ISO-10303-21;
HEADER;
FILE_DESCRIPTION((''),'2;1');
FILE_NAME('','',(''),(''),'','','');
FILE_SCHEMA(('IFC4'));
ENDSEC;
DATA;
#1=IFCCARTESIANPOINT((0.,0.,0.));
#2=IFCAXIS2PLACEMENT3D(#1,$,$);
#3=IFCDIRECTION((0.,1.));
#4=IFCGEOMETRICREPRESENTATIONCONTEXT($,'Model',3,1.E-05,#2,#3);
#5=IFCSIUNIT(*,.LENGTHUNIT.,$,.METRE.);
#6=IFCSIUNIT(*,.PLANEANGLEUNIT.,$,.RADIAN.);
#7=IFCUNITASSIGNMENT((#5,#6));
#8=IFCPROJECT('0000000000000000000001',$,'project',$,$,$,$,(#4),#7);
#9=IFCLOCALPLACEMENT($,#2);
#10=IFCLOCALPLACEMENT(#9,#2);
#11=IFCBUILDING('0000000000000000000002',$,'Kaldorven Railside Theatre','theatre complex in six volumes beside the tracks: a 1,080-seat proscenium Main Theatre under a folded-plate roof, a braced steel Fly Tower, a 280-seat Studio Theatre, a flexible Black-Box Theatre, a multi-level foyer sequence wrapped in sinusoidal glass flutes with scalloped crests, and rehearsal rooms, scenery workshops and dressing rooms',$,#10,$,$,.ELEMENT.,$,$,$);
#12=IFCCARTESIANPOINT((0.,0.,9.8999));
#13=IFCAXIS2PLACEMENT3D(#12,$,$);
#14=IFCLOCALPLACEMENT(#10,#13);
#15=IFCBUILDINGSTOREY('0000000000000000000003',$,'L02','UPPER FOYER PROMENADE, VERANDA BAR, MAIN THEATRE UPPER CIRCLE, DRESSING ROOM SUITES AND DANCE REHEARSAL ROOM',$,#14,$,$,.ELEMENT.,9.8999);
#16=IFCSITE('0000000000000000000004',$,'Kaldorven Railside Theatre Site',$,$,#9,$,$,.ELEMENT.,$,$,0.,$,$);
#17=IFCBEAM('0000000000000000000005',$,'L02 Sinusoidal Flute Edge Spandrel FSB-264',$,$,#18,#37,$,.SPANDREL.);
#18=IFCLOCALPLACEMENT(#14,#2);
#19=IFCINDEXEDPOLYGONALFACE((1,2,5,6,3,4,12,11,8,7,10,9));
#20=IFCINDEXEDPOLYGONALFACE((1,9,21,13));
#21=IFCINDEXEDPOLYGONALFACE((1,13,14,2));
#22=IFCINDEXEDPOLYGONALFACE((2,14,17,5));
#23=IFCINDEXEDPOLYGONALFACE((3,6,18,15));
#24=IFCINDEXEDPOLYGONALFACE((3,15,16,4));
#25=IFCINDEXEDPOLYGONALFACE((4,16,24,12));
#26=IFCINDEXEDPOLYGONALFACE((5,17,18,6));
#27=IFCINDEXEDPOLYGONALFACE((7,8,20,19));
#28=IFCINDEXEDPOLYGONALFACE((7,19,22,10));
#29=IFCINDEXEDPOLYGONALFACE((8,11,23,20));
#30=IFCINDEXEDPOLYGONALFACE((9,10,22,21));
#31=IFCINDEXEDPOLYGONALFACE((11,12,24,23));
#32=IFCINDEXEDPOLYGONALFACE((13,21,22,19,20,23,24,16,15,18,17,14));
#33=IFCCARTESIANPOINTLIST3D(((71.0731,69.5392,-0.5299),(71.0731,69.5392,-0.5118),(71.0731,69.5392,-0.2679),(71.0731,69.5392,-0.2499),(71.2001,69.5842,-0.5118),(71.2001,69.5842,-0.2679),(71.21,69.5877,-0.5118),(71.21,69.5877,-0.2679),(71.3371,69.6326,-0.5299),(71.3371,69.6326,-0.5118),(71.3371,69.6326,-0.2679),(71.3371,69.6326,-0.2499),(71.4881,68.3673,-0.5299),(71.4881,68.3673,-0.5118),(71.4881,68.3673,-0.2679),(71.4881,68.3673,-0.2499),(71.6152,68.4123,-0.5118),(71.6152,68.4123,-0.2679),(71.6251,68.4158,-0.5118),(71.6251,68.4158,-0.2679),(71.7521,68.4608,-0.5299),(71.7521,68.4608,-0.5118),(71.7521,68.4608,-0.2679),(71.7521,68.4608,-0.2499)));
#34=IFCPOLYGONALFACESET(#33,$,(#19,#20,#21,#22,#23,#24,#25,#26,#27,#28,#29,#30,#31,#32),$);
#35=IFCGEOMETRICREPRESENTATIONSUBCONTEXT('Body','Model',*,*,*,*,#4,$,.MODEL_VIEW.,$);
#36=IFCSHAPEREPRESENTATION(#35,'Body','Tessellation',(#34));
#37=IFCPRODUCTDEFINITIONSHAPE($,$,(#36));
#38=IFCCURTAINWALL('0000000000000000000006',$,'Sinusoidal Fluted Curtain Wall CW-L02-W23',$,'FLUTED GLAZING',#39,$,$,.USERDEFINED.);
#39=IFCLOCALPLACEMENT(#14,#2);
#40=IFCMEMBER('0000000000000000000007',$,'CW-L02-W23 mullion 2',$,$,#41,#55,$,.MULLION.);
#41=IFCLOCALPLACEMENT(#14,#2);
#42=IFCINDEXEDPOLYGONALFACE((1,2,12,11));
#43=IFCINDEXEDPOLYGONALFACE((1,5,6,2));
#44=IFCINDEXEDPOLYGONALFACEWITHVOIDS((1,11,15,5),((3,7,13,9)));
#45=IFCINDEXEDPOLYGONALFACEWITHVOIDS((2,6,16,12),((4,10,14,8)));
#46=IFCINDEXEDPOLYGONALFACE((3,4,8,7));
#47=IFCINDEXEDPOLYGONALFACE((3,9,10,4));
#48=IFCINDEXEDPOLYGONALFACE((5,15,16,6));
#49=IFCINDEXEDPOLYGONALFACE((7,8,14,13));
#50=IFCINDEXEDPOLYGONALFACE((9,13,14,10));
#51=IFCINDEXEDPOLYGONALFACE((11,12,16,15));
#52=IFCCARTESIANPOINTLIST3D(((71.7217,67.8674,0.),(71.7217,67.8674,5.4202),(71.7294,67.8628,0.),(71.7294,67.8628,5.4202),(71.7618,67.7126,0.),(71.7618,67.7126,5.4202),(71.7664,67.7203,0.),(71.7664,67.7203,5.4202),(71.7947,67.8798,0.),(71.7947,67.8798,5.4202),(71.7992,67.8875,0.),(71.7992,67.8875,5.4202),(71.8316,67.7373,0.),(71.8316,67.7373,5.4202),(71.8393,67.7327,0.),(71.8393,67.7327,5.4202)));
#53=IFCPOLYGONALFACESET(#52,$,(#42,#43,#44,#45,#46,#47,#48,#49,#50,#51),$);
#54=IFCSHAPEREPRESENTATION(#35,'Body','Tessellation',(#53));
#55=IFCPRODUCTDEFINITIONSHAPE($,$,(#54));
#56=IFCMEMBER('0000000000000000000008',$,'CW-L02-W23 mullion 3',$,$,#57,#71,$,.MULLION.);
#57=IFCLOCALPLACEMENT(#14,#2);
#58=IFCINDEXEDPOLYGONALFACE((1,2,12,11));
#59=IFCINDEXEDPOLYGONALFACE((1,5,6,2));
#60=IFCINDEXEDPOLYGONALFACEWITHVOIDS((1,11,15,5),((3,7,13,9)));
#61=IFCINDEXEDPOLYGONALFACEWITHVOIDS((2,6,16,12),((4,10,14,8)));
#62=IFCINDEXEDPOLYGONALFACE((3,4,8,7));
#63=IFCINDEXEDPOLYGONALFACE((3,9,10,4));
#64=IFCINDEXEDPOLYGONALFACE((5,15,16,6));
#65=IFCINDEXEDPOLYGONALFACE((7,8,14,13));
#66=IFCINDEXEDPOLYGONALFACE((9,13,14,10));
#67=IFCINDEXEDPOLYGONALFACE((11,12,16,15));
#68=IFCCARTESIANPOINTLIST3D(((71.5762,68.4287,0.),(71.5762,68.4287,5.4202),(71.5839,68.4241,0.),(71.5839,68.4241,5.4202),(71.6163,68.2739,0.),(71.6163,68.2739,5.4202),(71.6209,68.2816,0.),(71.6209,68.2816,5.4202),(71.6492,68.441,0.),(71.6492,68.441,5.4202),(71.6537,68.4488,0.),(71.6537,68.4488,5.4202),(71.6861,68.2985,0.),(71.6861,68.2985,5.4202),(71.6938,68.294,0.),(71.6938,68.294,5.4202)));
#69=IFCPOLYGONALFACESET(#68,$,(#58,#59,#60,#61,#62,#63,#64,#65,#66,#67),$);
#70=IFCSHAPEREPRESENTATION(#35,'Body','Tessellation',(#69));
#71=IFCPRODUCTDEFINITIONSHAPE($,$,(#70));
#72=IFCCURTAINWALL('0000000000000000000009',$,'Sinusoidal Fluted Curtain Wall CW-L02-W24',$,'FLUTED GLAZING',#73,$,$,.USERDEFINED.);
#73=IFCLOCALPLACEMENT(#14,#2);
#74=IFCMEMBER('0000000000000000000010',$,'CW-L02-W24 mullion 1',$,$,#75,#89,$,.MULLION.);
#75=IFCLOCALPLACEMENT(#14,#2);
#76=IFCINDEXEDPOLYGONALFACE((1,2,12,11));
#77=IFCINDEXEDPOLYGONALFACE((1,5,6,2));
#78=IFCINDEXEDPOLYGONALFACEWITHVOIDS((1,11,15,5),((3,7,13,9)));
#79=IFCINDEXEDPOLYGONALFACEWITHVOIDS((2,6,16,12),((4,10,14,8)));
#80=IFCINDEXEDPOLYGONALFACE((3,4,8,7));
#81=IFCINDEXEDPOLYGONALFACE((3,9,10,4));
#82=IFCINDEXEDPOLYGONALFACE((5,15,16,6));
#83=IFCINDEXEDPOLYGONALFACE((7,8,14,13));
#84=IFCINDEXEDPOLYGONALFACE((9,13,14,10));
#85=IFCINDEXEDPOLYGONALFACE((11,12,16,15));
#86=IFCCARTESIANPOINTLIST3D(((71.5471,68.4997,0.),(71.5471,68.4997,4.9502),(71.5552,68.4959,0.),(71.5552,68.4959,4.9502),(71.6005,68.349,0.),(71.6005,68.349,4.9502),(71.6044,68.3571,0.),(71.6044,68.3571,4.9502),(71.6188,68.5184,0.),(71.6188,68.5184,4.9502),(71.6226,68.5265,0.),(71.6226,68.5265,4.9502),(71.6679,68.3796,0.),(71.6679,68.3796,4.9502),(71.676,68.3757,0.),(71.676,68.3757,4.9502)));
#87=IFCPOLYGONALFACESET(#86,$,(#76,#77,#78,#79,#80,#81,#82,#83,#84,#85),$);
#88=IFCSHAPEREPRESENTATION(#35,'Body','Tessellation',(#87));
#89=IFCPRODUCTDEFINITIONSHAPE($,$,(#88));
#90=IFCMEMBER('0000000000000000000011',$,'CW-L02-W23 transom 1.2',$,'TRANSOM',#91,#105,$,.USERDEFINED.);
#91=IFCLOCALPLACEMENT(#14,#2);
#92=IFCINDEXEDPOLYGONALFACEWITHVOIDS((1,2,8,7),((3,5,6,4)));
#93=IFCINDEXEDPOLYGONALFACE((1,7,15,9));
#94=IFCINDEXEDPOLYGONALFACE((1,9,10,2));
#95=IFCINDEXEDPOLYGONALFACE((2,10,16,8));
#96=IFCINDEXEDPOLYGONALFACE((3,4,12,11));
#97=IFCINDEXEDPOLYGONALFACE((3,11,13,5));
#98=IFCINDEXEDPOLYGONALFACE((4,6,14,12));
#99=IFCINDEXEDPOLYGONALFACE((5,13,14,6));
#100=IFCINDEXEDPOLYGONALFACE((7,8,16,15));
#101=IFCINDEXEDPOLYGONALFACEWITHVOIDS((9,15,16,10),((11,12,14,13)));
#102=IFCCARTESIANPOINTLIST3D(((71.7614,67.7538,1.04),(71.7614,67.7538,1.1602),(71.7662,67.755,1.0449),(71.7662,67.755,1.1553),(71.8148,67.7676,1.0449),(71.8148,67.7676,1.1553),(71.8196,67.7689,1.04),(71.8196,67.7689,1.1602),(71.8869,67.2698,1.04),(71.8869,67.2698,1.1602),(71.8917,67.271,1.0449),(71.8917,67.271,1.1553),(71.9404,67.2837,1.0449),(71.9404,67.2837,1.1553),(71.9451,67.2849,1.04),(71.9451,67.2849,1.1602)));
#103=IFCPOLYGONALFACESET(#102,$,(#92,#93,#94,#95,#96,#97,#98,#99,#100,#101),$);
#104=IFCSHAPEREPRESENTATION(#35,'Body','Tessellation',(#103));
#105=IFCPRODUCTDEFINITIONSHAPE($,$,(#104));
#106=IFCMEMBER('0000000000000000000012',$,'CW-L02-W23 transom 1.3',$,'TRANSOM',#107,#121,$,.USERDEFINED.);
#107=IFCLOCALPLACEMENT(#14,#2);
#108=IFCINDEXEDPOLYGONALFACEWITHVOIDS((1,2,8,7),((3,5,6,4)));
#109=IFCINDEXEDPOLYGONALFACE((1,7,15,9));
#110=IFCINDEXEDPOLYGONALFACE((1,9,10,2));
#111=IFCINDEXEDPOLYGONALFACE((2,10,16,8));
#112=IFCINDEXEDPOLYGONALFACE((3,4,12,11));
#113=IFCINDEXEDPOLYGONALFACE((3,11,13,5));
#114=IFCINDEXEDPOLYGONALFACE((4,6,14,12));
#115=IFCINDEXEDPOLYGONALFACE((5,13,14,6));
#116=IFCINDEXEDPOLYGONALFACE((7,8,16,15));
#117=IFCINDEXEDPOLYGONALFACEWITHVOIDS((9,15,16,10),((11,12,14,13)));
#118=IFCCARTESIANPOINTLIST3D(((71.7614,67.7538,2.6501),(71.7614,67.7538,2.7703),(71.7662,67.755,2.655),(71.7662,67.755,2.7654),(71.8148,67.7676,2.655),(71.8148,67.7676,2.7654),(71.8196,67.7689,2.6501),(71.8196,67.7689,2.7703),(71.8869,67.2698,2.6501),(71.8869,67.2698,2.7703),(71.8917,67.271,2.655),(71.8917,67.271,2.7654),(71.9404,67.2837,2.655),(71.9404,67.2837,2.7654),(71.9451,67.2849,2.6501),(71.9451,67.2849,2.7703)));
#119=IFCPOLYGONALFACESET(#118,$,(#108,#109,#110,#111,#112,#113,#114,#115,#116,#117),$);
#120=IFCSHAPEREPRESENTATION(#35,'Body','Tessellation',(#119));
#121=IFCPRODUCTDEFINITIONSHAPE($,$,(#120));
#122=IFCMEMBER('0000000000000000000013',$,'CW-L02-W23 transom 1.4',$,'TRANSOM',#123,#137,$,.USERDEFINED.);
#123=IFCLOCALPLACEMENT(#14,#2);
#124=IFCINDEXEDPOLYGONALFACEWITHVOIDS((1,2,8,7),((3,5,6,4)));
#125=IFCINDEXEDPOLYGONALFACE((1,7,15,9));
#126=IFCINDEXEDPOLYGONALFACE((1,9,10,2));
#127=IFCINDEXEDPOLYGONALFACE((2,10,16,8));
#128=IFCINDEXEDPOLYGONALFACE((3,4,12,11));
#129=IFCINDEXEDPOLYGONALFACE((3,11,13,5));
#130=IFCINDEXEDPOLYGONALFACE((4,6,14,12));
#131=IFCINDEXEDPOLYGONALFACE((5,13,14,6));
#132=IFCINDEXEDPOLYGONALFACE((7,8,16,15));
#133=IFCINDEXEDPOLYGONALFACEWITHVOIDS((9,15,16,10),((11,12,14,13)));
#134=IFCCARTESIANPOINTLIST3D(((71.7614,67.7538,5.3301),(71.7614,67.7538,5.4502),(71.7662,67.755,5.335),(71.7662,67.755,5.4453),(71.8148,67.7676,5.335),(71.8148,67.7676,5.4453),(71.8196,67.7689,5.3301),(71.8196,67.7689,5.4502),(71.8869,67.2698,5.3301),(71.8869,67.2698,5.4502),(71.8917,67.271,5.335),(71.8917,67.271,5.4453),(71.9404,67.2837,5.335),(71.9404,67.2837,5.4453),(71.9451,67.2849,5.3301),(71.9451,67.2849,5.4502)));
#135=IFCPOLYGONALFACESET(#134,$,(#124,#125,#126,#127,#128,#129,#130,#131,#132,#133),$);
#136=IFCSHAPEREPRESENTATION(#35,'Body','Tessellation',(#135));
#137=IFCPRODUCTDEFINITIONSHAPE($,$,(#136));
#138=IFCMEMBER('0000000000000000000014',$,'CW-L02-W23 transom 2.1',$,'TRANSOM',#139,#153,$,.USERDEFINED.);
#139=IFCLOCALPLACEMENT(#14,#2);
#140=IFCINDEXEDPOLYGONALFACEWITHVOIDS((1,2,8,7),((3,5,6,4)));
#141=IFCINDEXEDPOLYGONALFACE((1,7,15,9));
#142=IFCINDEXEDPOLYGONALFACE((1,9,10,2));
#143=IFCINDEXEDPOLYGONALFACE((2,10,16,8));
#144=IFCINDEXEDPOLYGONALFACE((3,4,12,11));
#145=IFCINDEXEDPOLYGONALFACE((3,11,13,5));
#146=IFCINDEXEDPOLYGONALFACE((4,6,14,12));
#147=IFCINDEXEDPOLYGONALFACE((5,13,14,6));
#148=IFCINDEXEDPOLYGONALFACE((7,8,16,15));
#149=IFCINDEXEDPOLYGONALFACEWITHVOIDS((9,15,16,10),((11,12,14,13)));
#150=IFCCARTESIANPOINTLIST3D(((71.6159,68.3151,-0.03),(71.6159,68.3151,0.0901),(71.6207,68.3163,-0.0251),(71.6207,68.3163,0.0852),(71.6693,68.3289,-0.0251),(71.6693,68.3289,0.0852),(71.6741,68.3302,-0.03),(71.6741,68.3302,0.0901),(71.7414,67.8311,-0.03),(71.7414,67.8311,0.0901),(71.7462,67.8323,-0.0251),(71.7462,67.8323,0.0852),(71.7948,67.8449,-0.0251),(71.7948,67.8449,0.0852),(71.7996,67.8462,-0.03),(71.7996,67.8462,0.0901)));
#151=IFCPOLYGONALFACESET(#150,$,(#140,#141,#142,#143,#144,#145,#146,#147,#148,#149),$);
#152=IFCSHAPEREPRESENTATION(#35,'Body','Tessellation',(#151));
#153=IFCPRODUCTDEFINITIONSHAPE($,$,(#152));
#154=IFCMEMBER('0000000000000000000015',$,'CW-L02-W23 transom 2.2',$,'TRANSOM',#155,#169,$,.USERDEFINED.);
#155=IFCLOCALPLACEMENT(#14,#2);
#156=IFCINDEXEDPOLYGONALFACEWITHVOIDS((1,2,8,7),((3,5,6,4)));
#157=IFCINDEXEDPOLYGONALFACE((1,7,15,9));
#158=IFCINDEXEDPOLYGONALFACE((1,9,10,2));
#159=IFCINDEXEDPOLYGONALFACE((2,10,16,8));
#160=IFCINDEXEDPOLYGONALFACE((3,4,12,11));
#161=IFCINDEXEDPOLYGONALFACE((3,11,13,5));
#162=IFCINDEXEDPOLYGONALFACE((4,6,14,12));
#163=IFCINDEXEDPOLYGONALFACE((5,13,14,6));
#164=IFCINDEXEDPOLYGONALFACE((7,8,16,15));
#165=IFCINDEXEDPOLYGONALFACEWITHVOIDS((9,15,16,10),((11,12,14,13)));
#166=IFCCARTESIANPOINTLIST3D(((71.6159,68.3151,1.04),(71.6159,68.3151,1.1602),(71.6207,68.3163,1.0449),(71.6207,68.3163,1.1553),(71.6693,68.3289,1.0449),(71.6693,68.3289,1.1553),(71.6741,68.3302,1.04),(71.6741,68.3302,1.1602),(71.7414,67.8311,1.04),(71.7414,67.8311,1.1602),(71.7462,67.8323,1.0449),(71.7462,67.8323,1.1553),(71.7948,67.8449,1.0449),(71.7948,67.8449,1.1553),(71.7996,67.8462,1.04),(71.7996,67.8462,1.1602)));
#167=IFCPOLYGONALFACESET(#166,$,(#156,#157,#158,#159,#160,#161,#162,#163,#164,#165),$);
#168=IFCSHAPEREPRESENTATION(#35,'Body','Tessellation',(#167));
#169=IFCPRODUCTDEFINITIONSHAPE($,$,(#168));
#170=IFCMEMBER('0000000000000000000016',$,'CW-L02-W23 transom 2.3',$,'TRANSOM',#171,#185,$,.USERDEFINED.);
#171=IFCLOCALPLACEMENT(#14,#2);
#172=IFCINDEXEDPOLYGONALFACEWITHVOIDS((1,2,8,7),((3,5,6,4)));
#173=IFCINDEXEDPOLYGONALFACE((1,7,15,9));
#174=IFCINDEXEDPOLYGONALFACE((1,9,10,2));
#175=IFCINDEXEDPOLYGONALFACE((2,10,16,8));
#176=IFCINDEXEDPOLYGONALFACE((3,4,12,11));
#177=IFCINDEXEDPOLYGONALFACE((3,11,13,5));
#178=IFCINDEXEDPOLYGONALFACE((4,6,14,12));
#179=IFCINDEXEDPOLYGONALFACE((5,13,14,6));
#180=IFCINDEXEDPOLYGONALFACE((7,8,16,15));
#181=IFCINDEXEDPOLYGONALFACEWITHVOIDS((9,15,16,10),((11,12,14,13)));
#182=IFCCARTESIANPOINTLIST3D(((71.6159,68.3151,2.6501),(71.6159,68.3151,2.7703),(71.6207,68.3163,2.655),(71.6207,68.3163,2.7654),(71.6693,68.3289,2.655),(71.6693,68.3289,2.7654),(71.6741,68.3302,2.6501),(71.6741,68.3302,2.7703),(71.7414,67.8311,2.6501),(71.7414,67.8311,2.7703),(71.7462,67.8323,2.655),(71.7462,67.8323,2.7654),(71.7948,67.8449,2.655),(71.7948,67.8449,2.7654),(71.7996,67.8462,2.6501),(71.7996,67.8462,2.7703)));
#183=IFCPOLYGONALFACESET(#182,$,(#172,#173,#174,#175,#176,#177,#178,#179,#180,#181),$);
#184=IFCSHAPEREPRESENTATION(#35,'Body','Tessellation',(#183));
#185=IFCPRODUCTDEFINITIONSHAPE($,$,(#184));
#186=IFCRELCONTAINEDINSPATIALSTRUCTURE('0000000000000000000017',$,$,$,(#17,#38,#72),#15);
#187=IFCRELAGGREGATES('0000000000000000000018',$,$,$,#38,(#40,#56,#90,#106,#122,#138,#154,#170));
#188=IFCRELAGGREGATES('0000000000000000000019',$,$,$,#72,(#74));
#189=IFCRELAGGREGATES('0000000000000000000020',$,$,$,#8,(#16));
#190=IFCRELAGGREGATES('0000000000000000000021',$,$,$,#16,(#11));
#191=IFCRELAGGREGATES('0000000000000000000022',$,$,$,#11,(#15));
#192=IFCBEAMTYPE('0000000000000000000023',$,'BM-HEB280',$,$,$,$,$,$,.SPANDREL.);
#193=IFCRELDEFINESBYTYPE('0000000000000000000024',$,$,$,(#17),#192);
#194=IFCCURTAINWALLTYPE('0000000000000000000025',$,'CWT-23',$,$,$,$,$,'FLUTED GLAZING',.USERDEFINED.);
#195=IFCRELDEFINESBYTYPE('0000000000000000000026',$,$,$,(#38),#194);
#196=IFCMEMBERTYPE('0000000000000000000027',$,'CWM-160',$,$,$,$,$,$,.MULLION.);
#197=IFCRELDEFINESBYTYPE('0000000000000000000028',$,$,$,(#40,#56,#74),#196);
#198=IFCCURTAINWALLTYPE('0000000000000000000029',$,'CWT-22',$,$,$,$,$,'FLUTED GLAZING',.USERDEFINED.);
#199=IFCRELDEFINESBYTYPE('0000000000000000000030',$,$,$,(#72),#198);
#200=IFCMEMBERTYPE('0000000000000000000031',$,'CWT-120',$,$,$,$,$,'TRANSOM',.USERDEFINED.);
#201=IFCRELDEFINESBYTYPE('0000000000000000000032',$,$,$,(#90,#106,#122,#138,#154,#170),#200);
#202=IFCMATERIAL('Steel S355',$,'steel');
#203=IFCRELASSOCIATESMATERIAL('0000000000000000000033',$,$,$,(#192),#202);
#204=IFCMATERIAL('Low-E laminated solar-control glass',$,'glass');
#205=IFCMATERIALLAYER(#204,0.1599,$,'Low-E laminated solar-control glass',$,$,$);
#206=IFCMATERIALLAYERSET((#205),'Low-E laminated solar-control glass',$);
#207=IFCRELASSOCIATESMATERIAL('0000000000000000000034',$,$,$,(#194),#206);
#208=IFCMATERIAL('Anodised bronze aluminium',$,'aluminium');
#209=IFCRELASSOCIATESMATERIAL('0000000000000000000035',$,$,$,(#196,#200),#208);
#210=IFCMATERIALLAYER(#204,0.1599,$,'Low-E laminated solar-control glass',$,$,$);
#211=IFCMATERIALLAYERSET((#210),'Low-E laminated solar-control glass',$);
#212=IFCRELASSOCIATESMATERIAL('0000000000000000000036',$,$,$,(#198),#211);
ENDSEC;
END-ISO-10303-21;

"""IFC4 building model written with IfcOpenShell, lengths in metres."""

from ifc_helpers import new_model, si_unit, direction, frame, origin, origin_2d, place, context, subcontext, project, spatial, hollow_rectangle, i_section, extrude, material, layer, layer_set, material_profile, profile_set, type_object, element, aggregate, save


model = new_model("IFC4")

# Units and contexts
model_context = context("Model", 3, precision=1e-05, world=origin(), true_north=direction((0.0, 1.0)))
body_context = subcontext(model_context, "Body", "Model", "MODEL_VIEW")
ifc_project = project(units=[si_unit("LENGTHUNIT", "METRE"), si_unit("PLANEANGLEUNIT", "RADIAN")], contexts=[model_context])

# Site, building, storey
site_placement = place(None, origin())
site = spatial("IfcSite", under=ifc_project, at=site_placement, Name="Kaldorven Railside Theatre Site", CompositionType="ELEMENT", RefElevation=0.0)
building_placement = place(site_placement, origin())
building = spatial("IfcBuilding", under=site, at=building_placement, Name="Kaldorven Railside Theatre", Description="theatre complex in six volumes beside the tracks: a 1,080-seat proscenium Main Theatre under a folded-plate roof, a braced steel Fly Tower, a 280-seat Studio Theatre, a flexible Black-Box Theatre, a multi-level foyer sequence wrapped in sinusoidal glass flutes with scalloped crests, and rehearsal rooms, scenery workshops and dressing rooms", CompositionType="ELEMENT")
storey_placement = place(building_placement, frame((0.0, 0.0, 9.8999)))
storey = spatial("IfcBuildingStorey", under=building, at=storey_placement, Name="L02", Description="UPPER FOYER PROMENADE, VERANDA BAR, MAIN THEATRE UPPER CIRCLE, DRESSING ROOM SUITES AND DANCE REHEARSAL ROOM", CompositionType="ELEMENT", Elevation=9.8999)

# Beam
ifc_material_1 = material(Name="Steel S355", Category="steel")
ifc_material_profile_1 = material_profile(ifc_material_1, i_section(OverallWidth=0.28, OverallDepth=0.28, WebThickness=0.0105, FlangeThickness=0.0181, at=origin_2d()), Name="HEB 280")
ifc_profile_set_1 = profile_set([ifc_material_profile_1], Name="Steel S355")
beam_type = type_object("IfcBeamType", Name="BM-HEB280", PredefinedType="SPANDREL", material=ifc_profile_set_1)
beam_placement = place(storey_placement, frame((71.6201, 68.4141, -0.3899), z_axis=(-0.333847, 0.942627, 0.0), x_axis=(-0.942627, -0.333847, 0.0)))
element("IfcBeam", 1, at=beam_placement, inside=storey, type_object=beam_type, Name="L02 Sinusoidal Flute Edge Spandrel FSB-264", PredefinedType="SPANDREL", context=body_context, shape_type="SweptSolid", body=[
    extrude(i_section(OverallWidth=0.28, OverallDepth=0.28, WebThickness=0.0105, FlangeThickness=0.0181, at=origin_2d()), origin(), (0.0, 0.0, 1.0), 1.2432),
])

# Curtain wall, members
ifc_material_2 = material(Name="Low-E laminated solar-control glass", Category="glass")
ifc_layer_1 = layer(ifc_material_2, 0.1599, Name="Low-E laminated solar-control glass")
ifc_layer_set_1 = layer_set([ifc_layer_1], Name="Low-E laminated solar-control glass")
curtain_wall_type_1 = type_object("IfcCurtainWallType", Name="CWT-23", ElementType="FLUTED GLAZING", PredefinedType="USERDEFINED", material=ifc_layer_set_1)
curtain_wall_1_placement = place(storey_placement, origin())
curtain_wall_1 = element("IfcCurtainWall", 2, at=curtain_wall_1_placement, inside=storey, type_object=curtain_wall_type_1, Name="Sinusoidal Fluted Curtain Wall CW-L02-W23", ObjectType="FLUTED GLAZING", PredefinedType="USERDEFINED")
ifc_material_3 = material(Name="Anodised bronze aluminium", Category="aluminium")
ifc_material_profile_2 = material_profile(ifc_material_3, hollow_rectangle(XDim=0.0801, YDim=0.1599, WallThickness=0.0063, at=origin_2d()), Name="RHS 160x80x6.3")
ifc_profile_set_2 = profile_set([ifc_material_profile_2], Name="Anodised bronze aluminium")
member_type_1 = type_object("IfcMemberType", Name="CWM-160", PredefinedType="MULLION", material=ifc_profile_set_2)
member_1_placement = place(storey_placement, frame((71.7805, 67.8, 0.0), z_axis=(0.0, 0.0, 1.0), x_axis=(-0.967999, -0.250954, 0.0)))
member_1 = element("IfcMember", 3, at=member_1_placement, type_object=member_type_1, Name="CW-L02-W23 mullion 2", PredefinedType="MULLION", context=body_context, shape_type="SweptSolid", body=[
    extrude(hollow_rectangle(XDim=0.0801, YDim=0.1599, WallThickness=0.0063, at=origin_2d()), origin(), (0.0, 0.0, 1.0), 5.4202),
])
member_2_placement = place(storey_placement, frame((71.635, 68.3613, 0.0), z_axis=(0.0, 0.0, 1.0), x_axis=(-0.967999, -0.250954, 0.0)))
member_2 = element("IfcMember", 4, at=member_2_placement, type_object=member_type_1, Name="CW-L02-W23 mullion 3", PredefinedType="MULLION", context=body_context, shape_type="SweptSolid", body=[
    extrude(hollow_rectangle(XDim=0.0801, YDim=0.1599, WallThickness=0.0063, at=origin_2d()), origin(), (0.0, 0.0, 1.0), 5.4202),
])

# Curtain wall, member
ifc_layer_2 = layer(ifc_material_2, 0.1599, Name="Low-E laminated solar-control glass")
ifc_layer_set_2 = layer_set([ifc_layer_2], Name="Low-E laminated solar-control glass")
curtain_wall_type_2 = type_object("IfcCurtainWallType", Name="CWT-22", ElementType="FLUTED GLAZING", PredefinedType="USERDEFINED", material=ifc_layer_set_2)
curtain_wall_2_placement = place(storey_placement, origin())
curtain_wall_2 = element("IfcCurtainWall", 5, at=curtain_wall_2_placement, inside=storey, type_object=curtain_wall_type_2, Name="Sinusoidal Fluted Curtain Wall CW-L02-W24", ObjectType="FLUTED GLAZING", PredefinedType="USERDEFINED")
member_3_placement = place(storey_placement, frame((71.6116, 68.4377, 0.0), z_axis=(0.0, 0.0, 1.0), x_axis=(-0.942627, -0.333847, 0.0)))
member_3 = element("IfcMember", 6, at=member_3_placement, type_object=member_type_1, Name="CW-L02-W24 mullion 1", PredefinedType="MULLION", context=body_context, shape_type="SweptSolid", body=[
    extrude(hollow_rectangle(XDim=0.0801, YDim=0.1599, WallThickness=0.0063, at=origin_2d()), origin(), (0.0, 0.0, 1.0), 4.9502),
])

# Members
ifc_material_profile_3 = material_profile(ifc_material_3, hollow_rectangle(XDim=0.0601, YDim=0.1201, WallThickness=0.0049, at=origin_2d()), Name="RHS 120x60x5")
ifc_profile_set_3 = profile_set([ifc_material_profile_3], Name="Anodised bronze aluminium")
member_type_2 = type_object("IfcMemberType", Name="CWT-120", ElementType="TRANSOM", PredefinedType="USERDEFINED", material=ifc_profile_set_3)
member_4_placement = place(storey_placement, frame((71.916, 67.2773, 1.1001), z_axis=(-0.25103, 0.967979, 0.0), x_axis=(-0.967979, -0.25103, 0.0)))
member_4 = element("IfcMember", 7, at=member_4_placement, type_object=member_type_2, Name="CW-L02-W23 transom 1.2", ObjectType="TRANSOM", PredefinedType="USERDEFINED", context=body_context, shape_type="SweptSolid", body=[
    extrude(hollow_rectangle(XDim=0.0601, YDim=0.1201, WallThickness=0.0049, at=origin_2d()), origin(), (0.0, 0.0, 1.0), 0.5),
])
member_5_placement = place(storey_placement, frame((71.916, 67.2773, 2.7102), z_axis=(-0.25103, 0.967979, 0.0), x_axis=(-0.967979, -0.25103, 0.0)))
member_5 = element("IfcMember", 8, at=member_5_placement, type_object=member_type_2, Name="CW-L02-W23 transom 1.3", ObjectType="TRANSOM", PredefinedType="USERDEFINED", context=body_context, shape_type="SweptSolid", body=[
    extrude(hollow_rectangle(XDim=0.0601, YDim=0.1201, WallThickness=0.0049, at=origin_2d()), origin(), (0.0, 0.0, 1.0), 0.5),
])
member_6_placement = place(storey_placement, frame((71.916, 67.2773, 5.3901), z_axis=(-0.25103, 0.967979, 0.0), x_axis=(-0.967979, -0.25103, 0.0)))
member_6 = element("IfcMember", 9, at=member_6_placement, type_object=member_type_2, Name="CW-L02-W23 transom 1.4", ObjectType="TRANSOM", PredefinedType="USERDEFINED", context=body_context, shape_type="SweptSolid", body=[
    extrude(hollow_rectangle(XDim=0.0601, YDim=0.1201, WallThickness=0.0049, at=origin_2d()), origin(), (0.0, 0.0, 1.0), 0.5),
])
member_7_placement = place(storey_placement, frame((71.7705, 67.8386, 0.03), z_axis=(-0.25103, 0.967979, 0.0), x_axis=(-0.967979, -0.25103, 0.0)))
member_7 = element("IfcMember", 10, at=member_7_placement, type_object=member_type_2, Name="CW-L02-W23 transom 2.1", ObjectType="TRANSOM", PredefinedType="USERDEFINED", context=body_context, shape_type="SweptSolid", body=[
    extrude(hollow_rectangle(XDim=0.0601, YDim=0.1201, WallThickness=0.0049, at=origin_2d()), origin(), (0.0, 0.0, 1.0), 0.5),
])
member_8_placement = place(storey_placement, frame((71.7705, 67.8386, 1.1001), z_axis=(-0.25103, 0.967979, 0.0), x_axis=(-0.967979, -0.25103, 0.0)))
member_8 = element("IfcMember", 11, at=member_8_placement, type_object=member_type_2, Name="CW-L02-W23 transom 2.2", ObjectType="TRANSOM", PredefinedType="USERDEFINED", context=body_context, shape_type="SweptSolid", body=[
    extrude(hollow_rectangle(XDim=0.0601, YDim=0.1201, WallThickness=0.0049, at=origin_2d()), origin(), (0.0, 0.0, 1.0), 0.5),
])
member_9_placement = place(storey_placement, frame((71.7705, 67.8386, 2.7102), z_axis=(-0.25103, 0.967979, 0.0), x_axis=(-0.967979, -0.25103, 0.0)))
member_9 = element("IfcMember", 12, at=member_9_placement, type_object=member_type_2, Name="CW-L02-W23 transom 2.3", ObjectType="TRANSOM", PredefinedType="USERDEFINED", context=body_context, shape_type="SweptSolid", body=[
    extrude(hollow_rectangle(XDim=0.0601, YDim=0.1201, WallThickness=0.0049, at=origin_2d()), origin(), (0.0, 0.0, 1.0), 0.5),
])

aggregate(curtain_wall_1, [member_1, member_2, member_4, member_5, member_6, member_7, member_8, member_9])
aggregate(curtain_wall_2, [member_3])

save(model, "model.ifc")
